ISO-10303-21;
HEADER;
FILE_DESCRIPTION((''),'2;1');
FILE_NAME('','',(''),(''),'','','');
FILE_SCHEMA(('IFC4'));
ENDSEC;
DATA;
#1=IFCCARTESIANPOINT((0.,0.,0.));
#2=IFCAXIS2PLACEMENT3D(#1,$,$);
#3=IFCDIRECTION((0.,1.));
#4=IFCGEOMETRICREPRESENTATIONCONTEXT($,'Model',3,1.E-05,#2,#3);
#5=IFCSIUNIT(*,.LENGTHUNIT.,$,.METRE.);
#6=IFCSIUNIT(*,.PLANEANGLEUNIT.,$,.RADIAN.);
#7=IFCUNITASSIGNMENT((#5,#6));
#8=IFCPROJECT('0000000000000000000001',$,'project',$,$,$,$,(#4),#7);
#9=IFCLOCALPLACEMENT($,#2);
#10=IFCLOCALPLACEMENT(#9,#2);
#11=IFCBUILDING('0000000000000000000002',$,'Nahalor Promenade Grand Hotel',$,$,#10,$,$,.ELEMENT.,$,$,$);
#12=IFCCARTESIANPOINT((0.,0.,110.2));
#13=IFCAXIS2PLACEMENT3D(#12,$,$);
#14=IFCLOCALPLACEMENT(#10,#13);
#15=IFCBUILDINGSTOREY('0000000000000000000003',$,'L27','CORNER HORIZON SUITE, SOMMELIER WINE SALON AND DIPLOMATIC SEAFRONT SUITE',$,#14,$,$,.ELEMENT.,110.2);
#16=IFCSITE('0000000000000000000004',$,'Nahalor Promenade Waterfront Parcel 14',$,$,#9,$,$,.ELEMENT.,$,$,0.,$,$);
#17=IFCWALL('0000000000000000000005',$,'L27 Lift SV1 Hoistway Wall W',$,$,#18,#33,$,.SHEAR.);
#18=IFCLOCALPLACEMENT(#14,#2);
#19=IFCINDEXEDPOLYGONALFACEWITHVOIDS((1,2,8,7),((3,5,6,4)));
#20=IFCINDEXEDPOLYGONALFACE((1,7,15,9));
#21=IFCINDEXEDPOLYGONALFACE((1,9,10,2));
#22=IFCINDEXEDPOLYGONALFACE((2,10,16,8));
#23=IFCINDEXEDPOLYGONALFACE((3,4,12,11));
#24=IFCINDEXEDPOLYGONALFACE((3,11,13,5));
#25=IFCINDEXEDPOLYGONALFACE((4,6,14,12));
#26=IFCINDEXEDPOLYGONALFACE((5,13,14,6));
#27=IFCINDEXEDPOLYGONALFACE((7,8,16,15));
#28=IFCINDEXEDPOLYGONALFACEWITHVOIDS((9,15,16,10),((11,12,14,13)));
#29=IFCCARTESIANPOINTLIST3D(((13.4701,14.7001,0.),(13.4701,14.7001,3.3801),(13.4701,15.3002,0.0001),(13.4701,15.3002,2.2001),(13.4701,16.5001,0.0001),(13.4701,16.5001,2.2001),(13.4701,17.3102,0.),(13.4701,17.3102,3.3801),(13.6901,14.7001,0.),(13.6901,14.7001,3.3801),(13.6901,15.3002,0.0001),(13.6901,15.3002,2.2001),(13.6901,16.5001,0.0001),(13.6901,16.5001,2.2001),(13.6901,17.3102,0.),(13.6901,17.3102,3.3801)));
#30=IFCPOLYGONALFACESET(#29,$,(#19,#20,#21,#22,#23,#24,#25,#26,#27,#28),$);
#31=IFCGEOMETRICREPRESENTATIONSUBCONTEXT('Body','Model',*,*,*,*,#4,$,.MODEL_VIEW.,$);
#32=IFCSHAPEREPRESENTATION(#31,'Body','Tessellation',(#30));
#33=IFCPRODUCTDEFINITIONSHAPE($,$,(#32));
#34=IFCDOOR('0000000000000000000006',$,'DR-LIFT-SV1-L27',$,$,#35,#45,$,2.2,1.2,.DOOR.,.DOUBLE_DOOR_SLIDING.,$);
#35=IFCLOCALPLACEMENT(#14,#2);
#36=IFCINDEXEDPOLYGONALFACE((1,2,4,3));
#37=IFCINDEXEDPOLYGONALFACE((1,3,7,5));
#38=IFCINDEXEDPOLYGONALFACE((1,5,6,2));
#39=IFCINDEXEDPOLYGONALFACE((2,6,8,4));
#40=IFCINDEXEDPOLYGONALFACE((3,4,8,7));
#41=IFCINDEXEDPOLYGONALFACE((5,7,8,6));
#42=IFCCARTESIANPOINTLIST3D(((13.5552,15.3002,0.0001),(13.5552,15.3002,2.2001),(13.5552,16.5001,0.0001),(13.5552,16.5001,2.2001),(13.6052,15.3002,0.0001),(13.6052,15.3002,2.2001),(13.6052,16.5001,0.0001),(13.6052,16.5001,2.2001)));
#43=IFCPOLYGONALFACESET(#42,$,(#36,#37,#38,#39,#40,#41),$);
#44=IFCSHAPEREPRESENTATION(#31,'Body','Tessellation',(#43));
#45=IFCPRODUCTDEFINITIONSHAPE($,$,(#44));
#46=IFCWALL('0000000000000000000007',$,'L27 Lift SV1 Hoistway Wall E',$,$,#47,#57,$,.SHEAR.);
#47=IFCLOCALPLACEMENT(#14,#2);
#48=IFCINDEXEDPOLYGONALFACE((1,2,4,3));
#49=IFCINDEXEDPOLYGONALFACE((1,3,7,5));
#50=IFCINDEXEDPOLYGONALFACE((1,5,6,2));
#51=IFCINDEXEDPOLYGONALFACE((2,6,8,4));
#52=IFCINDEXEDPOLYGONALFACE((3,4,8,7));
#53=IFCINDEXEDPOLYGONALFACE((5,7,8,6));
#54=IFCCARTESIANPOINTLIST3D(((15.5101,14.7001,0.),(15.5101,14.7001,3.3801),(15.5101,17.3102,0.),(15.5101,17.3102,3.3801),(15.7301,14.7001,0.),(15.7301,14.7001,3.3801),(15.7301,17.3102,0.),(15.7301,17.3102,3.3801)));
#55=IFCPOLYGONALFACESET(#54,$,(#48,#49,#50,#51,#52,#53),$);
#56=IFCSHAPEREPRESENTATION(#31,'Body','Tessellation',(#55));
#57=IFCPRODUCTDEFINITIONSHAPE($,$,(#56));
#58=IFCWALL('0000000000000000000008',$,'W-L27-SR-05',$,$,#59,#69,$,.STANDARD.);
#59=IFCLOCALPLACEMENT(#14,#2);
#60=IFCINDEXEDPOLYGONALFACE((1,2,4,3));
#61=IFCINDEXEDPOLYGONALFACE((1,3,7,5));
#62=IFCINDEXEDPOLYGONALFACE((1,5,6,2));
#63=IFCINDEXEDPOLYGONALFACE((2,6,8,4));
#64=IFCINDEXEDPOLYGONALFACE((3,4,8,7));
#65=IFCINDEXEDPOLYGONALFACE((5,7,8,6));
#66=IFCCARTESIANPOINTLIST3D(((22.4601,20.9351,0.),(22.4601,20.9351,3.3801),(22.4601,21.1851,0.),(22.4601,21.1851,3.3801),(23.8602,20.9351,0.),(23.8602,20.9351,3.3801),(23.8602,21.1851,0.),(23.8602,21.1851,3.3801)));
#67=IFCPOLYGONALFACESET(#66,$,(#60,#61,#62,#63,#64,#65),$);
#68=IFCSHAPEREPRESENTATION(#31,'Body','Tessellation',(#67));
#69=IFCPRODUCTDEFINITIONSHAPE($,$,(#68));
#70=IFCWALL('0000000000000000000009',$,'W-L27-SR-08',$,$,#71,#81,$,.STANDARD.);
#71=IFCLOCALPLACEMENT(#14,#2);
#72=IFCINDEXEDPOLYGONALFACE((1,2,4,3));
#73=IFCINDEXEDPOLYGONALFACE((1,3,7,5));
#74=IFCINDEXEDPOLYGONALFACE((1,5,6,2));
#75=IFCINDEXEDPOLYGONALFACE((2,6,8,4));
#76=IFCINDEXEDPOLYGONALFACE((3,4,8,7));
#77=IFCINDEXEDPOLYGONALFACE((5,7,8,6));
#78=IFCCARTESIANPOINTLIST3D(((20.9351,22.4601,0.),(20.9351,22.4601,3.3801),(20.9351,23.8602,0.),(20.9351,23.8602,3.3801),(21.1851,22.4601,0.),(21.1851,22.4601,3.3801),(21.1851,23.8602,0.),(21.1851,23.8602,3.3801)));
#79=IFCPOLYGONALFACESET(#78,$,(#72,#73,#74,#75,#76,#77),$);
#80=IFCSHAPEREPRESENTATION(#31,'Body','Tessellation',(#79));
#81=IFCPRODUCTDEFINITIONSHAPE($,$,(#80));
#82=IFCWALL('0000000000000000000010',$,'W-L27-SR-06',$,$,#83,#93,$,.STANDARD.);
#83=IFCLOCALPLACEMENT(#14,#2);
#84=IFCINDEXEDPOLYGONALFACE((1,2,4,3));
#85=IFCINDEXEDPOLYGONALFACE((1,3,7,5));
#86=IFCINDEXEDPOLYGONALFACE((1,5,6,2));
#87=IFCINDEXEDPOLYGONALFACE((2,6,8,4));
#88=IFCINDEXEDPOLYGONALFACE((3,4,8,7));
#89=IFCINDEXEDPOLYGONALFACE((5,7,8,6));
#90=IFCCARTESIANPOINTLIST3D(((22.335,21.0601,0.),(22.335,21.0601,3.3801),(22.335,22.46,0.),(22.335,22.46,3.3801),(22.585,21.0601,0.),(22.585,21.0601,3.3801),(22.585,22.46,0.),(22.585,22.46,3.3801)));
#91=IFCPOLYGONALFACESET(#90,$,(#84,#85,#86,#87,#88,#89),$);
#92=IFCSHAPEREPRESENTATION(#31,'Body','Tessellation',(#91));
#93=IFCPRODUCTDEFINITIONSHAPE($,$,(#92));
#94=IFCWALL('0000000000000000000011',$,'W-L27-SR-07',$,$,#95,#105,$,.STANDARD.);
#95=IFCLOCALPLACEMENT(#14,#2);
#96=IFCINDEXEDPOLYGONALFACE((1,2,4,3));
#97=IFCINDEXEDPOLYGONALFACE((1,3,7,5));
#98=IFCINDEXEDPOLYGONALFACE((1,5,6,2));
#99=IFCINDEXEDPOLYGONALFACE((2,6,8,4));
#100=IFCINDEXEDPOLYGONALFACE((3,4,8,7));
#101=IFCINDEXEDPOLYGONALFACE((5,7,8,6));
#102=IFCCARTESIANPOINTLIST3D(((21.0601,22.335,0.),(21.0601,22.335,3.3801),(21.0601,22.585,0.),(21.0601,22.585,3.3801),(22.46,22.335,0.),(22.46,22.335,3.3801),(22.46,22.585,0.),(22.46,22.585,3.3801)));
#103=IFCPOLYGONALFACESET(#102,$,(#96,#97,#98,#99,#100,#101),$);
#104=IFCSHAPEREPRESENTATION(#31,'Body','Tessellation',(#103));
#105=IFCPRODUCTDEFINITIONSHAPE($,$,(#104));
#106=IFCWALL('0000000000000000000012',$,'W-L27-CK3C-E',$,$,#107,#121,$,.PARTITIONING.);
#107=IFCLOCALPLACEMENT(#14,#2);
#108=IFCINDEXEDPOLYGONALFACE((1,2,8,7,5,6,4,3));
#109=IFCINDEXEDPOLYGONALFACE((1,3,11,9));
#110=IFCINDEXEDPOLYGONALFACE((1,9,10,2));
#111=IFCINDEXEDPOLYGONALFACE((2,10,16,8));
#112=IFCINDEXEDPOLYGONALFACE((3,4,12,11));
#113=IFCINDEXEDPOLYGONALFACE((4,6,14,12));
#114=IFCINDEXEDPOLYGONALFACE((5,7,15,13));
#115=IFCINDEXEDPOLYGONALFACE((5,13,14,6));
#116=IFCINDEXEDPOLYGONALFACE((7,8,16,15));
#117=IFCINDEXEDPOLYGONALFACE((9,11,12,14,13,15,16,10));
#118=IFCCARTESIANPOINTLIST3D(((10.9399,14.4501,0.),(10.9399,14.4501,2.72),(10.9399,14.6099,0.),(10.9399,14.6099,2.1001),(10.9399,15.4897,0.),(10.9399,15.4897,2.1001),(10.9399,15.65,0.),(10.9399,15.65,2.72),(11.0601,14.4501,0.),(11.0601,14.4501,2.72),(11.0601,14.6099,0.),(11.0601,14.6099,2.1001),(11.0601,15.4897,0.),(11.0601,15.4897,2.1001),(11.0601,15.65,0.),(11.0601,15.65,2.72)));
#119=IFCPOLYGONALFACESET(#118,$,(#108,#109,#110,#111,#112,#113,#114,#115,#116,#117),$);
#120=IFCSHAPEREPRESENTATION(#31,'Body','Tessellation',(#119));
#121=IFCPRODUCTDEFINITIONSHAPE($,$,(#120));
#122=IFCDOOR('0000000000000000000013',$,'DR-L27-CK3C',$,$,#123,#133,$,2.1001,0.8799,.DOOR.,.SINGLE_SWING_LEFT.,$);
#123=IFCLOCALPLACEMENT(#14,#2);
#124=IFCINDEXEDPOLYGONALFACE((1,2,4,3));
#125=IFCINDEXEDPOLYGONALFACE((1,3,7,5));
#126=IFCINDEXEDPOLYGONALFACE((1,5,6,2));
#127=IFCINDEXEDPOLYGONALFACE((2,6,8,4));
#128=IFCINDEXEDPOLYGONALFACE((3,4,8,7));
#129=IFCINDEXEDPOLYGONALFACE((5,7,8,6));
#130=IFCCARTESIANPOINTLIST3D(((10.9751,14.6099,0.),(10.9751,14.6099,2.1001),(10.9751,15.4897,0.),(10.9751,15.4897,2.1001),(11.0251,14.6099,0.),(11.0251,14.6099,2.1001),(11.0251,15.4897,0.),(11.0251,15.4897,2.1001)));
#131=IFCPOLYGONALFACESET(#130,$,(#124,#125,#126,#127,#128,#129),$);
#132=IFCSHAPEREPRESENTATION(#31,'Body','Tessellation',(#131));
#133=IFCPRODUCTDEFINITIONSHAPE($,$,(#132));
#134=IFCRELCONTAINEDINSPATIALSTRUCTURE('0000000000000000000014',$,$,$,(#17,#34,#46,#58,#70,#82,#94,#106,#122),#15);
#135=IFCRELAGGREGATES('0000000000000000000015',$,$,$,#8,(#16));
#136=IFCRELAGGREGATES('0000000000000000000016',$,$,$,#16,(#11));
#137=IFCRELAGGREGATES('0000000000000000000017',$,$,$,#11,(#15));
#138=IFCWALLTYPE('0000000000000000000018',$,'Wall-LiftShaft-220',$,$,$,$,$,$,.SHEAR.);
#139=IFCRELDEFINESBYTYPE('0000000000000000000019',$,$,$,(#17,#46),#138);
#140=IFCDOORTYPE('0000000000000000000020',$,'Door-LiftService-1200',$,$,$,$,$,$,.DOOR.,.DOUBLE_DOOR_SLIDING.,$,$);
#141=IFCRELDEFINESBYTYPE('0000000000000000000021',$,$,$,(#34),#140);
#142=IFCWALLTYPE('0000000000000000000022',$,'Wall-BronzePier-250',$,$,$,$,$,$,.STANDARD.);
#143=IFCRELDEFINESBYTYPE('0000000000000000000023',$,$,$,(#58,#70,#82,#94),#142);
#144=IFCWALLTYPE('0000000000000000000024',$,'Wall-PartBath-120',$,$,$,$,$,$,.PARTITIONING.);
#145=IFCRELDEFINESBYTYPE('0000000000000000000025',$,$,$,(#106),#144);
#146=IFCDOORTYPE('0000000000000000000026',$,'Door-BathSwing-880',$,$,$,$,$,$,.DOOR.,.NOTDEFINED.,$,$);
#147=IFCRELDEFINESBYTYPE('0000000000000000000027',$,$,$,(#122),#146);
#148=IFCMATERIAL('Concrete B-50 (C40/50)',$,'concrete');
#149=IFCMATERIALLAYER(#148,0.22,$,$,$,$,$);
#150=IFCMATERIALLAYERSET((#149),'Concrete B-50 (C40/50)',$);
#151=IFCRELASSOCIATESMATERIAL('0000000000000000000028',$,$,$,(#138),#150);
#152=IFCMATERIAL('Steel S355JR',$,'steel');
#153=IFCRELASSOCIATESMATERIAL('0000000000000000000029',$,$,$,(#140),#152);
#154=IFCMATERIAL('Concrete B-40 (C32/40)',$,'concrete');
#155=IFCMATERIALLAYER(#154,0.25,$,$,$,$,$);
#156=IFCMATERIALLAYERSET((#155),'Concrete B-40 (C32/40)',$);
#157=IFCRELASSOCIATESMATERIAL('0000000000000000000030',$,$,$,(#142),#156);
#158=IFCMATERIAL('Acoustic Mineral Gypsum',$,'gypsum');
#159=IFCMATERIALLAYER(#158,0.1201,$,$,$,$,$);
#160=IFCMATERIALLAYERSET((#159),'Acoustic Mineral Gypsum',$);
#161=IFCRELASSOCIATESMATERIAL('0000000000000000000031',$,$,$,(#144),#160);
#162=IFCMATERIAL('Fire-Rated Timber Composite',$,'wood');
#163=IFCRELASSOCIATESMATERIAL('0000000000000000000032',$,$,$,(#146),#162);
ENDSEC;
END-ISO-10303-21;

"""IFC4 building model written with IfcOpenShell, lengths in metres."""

from ifc_helpers import new_model, si_unit, direction, frame, frame_2d, origin, place, context, subcontext, project, spatial, rectangle, extrude, source, transform, mapped, material, layer, layer_set, type_object, element, fill, save


model = new_model("IFC4")

# Units and contexts
model_context = context("Model", 3, precision=1e-05, world=origin(), true_north=direction((0.0, 1.0)))
body_context = subcontext(model_context, "Body", "Model", "MODEL_VIEW")
ifc_project = project(units=[si_unit("LENGTHUNIT", "METRE"), si_unit("PLANEANGLEUNIT", "RADIAN")], contexts=[model_context])

# Site, building, storey
site_placement = place(None, origin())
site = spatial("IfcSite", under=ifc_project, at=site_placement, Name="Nahalor Promenade Waterfront Parcel 14", CompositionType="ELEMENT", RefElevation=0.0)
building_placement = place(site_placement, origin())
building = spatial("IfcBuilding", under=site, at=building_placement, Name="Nahalor Promenade Grand Hotel", CompositionType="ELEMENT")
storey_placement = place(building_placement, frame((0.0, 0.0, 110.2)))
storey = spatial("IfcBuildingStorey", under=building, at=storey_placement, Name="L27", Description="CORNER HORIZON SUITE, SOMMELIER WINE SALON AND DIPLOMATIC SEAFRONT SUITE", CompositionType="ELEMENT", Elevation=110.2)

# Shared definitions
ifc_material_1 = material(Name="Steel S355JR", Category="steel")

# Shared definitions
ifc_material_2 = material(Name="Concrete B-50 (C40/50)", Category="concrete")
ifc_layer_1 = layer(ifc_material_2, 0.22)
ifc_layer_set_1 = layer_set([ifc_layer_1], Name="Concrete B-50 (C40/50)")
wall_type_1 = type_object("IfcWallType", Name="Wall-LiftShaft-220", PredefinedType="SHEAR", material=ifc_layer_set_1)

# Wall, opening, door
shared_shape_1 = source(origin(), body_context, "Body", "SweptSolid", [
    extrude(rectangle(XDim=2.6101, YDim=0.22, at=frame_2d((1.3052, 0.0))), origin(), (0.0, 0.0, 1.0), 3.3801),
])
wall_1_placement = place(storey_placement, frame((13.5801, 14.7, 0.0), z_axis=(0.0, 0.0, 1.0), x_axis=(0.0, 1.0, 0.0)))
wall_1 = element("IfcWall", 1, at=wall_1_placement, inside=storey, type_object=wall_type_1, Name="L27 Lift SV1 Hoistway Wall W", PredefinedType="SHEAR", context=body_context, shape_type="MappedRepresentation", body=[
    mapped(shared_shape_1, transform((0.0, 0.0, 0.0), scale=1.0)),
])
opening_1_placement = place(wall_1_placement, frame((0.6001, 0.0, 0.0)))
opening_1 = element("IfcOpeningElement", 2, at=opening_1_placement, cuts=wall_1, PredefinedType="OPENING", context=body_context, shape_type="SweptSolid", body=[
    extrude(rectangle(XDim=1.2, YDim=2.2, at=frame_2d((0.6001, 1.1001))), frame((0.0, 0.1199, 0.0), z_axis=(0.0, -1.0, 0.0), x_axis=(1.0, 0.0, 0.0)), (0.0, 0.0, 1.0), 0.24),
])
door_type_1 = type_object("IfcDoorType", Name="Door-LiftService-1200", OperationType="DOUBLE_DOOR_SLIDING", PredefinedType="DOOR", material=ifc_material_1)
shared_shape_2 = source(origin(), body_context, "Body", "SweptSolid", [
    extrude(rectangle(XDim=1.2, YDim=2.2, at=frame_2d((0.6001, 1.1001))), frame((0.0, 0.0249, 0.0), z_axis=(0.0, -1.0, 0.0), x_axis=(1.0, 0.0, 0.0)), (0.0, 0.0, 1.0), 0.05),
])
door_1_placement = place(opening_1_placement, origin())
door_1 = element("IfcDoor", 3, at=door_1_placement, inside=storey, type_object=door_type_1, Name="DR-LIFT-SV1-L27", OperationType="DOUBLE_DOOR_SLIDING", OverallHeight=2.2, OverallWidth=1.2, PredefinedType="DOOR", context=body_context, shape_type="MappedRepresentation", body=[
    mapped(shared_shape_2, transform((0.0, 0.0, 0.0), scale=1.0)),
])
fill(opening_1, door_1)

# Walls
wall_2_placement = place(storey_placement, frame((15.6201, 14.7, 0.0), z_axis=(0.0, 0.0, 1.0), x_axis=(0.0, 1.0, 0.0)))
element("IfcWall", 4, at=wall_2_placement, inside=storey, type_object=wall_type_1, Name="L27 Lift SV1 Hoistway Wall E", PredefinedType="SHEAR", context=body_context, shape_type="MappedRepresentation", body=[
    mapped(shared_shape_1, transform((0.0, 0.0, 0.0), scale=1.0)),
])
ifc_material_3 = material(Name="Concrete B-40 (C32/40)", Category="concrete")
ifc_layer_2 = layer(ifc_material_3, 0.25)
ifc_layer_set_2 = layer_set([ifc_layer_2], Name="Concrete B-40 (C32/40)")
wall_type_2 = type_object("IfcWallType", Name="Wall-BronzePier-250", PredefinedType="STANDARD", material=ifc_layer_set_2)
shared_shape_3 = source(origin(), body_context, "Body", "SweptSolid", [
    extrude(rectangle(XDim=1.4001, YDim=0.25, at=frame_2d((0.7002, 0.0))), origin(), (0.0, 0.0, 1.0), 3.3801),
])
for number, where, z_axis, x_axis, name in (
    (5, (22.46, 21.0601, 0.0), (0.0, 0.0, 1.0), (1.0, 0.0, 0.0), "W-L27-SR-05"),
    (6, (21.0601, 22.46, 0.0), (0.0, 0.0, 1.0), (0.0, 1.0, 0.0), "W-L27-SR-08"),
):
    element("IfcWall", number, at=place(storey_placement, frame(where, z_axis=z_axis, x_axis=x_axis)), inside=storey, type_object=wall_type_2, Name=name, PredefinedType="STANDARD", context=body_context, shape_type="MappedRepresentation", body=[
        mapped(shared_shape_3, transform((0.0, 0.0, 0.0), scale=1.0)),
    ])
shared_shape_4 = source(origin(), body_context, "Body", "SweptSolid", [
    extrude(rectangle(XDim=1.3999, YDim=0.25, at=frame_2d((0.7, 0.0))), origin(), (0.0, 0.0, 1.0), 3.3801),
])
for number, where, z_axis, x_axis, name in (
    (7, (22.46, 21.0601, 0.0), (0.0, 0.0, 1.0), (0.0, 1.0, 0.0), "W-L27-SR-06"),
    (8, (21.0601, 22.46, 0.0), (0.0, 0.0, 1.0), (1.0, 0.0, 0.0), "W-L27-SR-07"),
):
    element("IfcWall", number, at=place(storey_placement, frame(where, z_axis=z_axis, x_axis=x_axis)), inside=storey, type_object=wall_type_2, Name=name, PredefinedType="STANDARD", context=body_context, shape_type="MappedRepresentation", body=[
        mapped(shared_shape_4, transform((0.0, 0.0, 0.0), scale=1.0)),
    ])

# Wall, opening, door
ifc_material_4 = material(Name="Acoustic Mineral Gypsum", Category="gypsum")
ifc_layer_3 = layer(ifc_material_4, 0.1201)
ifc_layer_set_3 = layer_set([ifc_layer_3], Name="Acoustic Mineral Gypsum")
wall_type_3 = type_object("IfcWallType", Name="Wall-PartBath-120", PredefinedType="PARTITIONING", material=ifc_layer_set_3)
shared_shape_5 = source(origin(), body_context, "Body", "SweptSolid", [
    extrude(rectangle(XDim=1.2, YDim=0.1201, at=frame_2d((0.6001, 0.0))), origin(), (0.0, 0.0, 1.0), 2.72),
])
wall_3_placement = place(storey_placement, frame((11.0, 14.45, 0.0), z_axis=(0.0, 0.0, 1.0), x_axis=(0.0, 1.0, 0.0)))
wall_3 = element("IfcWall", 9, at=wall_3_placement, inside=storey, type_object=wall_type_3, Name="W-L27-CK3C-E", PredefinedType="PARTITIONING", context=body_context, shape_type="MappedRepresentation", body=[
    mapped(shared_shape_5, transform((0.0, 0.0, 0.0), scale=1.0)),
])
opening_2_placement = place(wall_3_placement, frame((0.1599, 0.0, 0.0)))
opening_2 = element("IfcOpeningElement", 10, at=opening_2_placement, cuts=wall_3, PredefinedType="OPENING", context=body_context, shape_type="SweptSolid", body=[
    extrude(rectangle(XDim=0.8799, YDim=2.1001, at=frame_2d((0.4399, 1.05))), frame((0.0, 0.0701, 0.0), z_axis=(0.0, -1.0, 0.0), x_axis=(1.0, 0.0, 0.0)), (0.0, 0.0, 1.0), 0.1401),
])
ifc_material_5 = material(Name="Fire-Rated Timber Composite", Category="wood")
door_type_2 = type_object("IfcDoorType", Name="Door-BathSwing-880", OperationType="NOTDEFINED", PredefinedType="DOOR", material=ifc_material_5)
shared_shape_6 = source(origin(), body_context, "Body", "SweptSolid", [
    extrude(rectangle(XDim=0.8799, YDim=2.1001, at=frame_2d((0.4399, 1.05))), frame((0.0, 0.0249, 0.0), z_axis=(0.0, -1.0, 0.0), x_axis=(1.0, 0.0, 0.0)), (0.0, 0.0, 1.0), 0.05),
])
door_2_placement = place(opening_2_placement, origin())
door_2 = element("IfcDoor", 11, at=door_2_placement, inside=storey, type_object=door_type_2, Name="DR-L27-CK3C", OperationType="SINGLE_SWING_LEFT", OverallHeight=2.1001, OverallWidth=0.8799, PredefinedType="DOOR", context=body_context, shape_type="MappedRepresentation", body=[
    mapped(shared_shape_6, transform((0.0, 0.0, 0.0), scale=1.0)),
])
fill(opening_2, door_2)

save(model, "model.ifc")
